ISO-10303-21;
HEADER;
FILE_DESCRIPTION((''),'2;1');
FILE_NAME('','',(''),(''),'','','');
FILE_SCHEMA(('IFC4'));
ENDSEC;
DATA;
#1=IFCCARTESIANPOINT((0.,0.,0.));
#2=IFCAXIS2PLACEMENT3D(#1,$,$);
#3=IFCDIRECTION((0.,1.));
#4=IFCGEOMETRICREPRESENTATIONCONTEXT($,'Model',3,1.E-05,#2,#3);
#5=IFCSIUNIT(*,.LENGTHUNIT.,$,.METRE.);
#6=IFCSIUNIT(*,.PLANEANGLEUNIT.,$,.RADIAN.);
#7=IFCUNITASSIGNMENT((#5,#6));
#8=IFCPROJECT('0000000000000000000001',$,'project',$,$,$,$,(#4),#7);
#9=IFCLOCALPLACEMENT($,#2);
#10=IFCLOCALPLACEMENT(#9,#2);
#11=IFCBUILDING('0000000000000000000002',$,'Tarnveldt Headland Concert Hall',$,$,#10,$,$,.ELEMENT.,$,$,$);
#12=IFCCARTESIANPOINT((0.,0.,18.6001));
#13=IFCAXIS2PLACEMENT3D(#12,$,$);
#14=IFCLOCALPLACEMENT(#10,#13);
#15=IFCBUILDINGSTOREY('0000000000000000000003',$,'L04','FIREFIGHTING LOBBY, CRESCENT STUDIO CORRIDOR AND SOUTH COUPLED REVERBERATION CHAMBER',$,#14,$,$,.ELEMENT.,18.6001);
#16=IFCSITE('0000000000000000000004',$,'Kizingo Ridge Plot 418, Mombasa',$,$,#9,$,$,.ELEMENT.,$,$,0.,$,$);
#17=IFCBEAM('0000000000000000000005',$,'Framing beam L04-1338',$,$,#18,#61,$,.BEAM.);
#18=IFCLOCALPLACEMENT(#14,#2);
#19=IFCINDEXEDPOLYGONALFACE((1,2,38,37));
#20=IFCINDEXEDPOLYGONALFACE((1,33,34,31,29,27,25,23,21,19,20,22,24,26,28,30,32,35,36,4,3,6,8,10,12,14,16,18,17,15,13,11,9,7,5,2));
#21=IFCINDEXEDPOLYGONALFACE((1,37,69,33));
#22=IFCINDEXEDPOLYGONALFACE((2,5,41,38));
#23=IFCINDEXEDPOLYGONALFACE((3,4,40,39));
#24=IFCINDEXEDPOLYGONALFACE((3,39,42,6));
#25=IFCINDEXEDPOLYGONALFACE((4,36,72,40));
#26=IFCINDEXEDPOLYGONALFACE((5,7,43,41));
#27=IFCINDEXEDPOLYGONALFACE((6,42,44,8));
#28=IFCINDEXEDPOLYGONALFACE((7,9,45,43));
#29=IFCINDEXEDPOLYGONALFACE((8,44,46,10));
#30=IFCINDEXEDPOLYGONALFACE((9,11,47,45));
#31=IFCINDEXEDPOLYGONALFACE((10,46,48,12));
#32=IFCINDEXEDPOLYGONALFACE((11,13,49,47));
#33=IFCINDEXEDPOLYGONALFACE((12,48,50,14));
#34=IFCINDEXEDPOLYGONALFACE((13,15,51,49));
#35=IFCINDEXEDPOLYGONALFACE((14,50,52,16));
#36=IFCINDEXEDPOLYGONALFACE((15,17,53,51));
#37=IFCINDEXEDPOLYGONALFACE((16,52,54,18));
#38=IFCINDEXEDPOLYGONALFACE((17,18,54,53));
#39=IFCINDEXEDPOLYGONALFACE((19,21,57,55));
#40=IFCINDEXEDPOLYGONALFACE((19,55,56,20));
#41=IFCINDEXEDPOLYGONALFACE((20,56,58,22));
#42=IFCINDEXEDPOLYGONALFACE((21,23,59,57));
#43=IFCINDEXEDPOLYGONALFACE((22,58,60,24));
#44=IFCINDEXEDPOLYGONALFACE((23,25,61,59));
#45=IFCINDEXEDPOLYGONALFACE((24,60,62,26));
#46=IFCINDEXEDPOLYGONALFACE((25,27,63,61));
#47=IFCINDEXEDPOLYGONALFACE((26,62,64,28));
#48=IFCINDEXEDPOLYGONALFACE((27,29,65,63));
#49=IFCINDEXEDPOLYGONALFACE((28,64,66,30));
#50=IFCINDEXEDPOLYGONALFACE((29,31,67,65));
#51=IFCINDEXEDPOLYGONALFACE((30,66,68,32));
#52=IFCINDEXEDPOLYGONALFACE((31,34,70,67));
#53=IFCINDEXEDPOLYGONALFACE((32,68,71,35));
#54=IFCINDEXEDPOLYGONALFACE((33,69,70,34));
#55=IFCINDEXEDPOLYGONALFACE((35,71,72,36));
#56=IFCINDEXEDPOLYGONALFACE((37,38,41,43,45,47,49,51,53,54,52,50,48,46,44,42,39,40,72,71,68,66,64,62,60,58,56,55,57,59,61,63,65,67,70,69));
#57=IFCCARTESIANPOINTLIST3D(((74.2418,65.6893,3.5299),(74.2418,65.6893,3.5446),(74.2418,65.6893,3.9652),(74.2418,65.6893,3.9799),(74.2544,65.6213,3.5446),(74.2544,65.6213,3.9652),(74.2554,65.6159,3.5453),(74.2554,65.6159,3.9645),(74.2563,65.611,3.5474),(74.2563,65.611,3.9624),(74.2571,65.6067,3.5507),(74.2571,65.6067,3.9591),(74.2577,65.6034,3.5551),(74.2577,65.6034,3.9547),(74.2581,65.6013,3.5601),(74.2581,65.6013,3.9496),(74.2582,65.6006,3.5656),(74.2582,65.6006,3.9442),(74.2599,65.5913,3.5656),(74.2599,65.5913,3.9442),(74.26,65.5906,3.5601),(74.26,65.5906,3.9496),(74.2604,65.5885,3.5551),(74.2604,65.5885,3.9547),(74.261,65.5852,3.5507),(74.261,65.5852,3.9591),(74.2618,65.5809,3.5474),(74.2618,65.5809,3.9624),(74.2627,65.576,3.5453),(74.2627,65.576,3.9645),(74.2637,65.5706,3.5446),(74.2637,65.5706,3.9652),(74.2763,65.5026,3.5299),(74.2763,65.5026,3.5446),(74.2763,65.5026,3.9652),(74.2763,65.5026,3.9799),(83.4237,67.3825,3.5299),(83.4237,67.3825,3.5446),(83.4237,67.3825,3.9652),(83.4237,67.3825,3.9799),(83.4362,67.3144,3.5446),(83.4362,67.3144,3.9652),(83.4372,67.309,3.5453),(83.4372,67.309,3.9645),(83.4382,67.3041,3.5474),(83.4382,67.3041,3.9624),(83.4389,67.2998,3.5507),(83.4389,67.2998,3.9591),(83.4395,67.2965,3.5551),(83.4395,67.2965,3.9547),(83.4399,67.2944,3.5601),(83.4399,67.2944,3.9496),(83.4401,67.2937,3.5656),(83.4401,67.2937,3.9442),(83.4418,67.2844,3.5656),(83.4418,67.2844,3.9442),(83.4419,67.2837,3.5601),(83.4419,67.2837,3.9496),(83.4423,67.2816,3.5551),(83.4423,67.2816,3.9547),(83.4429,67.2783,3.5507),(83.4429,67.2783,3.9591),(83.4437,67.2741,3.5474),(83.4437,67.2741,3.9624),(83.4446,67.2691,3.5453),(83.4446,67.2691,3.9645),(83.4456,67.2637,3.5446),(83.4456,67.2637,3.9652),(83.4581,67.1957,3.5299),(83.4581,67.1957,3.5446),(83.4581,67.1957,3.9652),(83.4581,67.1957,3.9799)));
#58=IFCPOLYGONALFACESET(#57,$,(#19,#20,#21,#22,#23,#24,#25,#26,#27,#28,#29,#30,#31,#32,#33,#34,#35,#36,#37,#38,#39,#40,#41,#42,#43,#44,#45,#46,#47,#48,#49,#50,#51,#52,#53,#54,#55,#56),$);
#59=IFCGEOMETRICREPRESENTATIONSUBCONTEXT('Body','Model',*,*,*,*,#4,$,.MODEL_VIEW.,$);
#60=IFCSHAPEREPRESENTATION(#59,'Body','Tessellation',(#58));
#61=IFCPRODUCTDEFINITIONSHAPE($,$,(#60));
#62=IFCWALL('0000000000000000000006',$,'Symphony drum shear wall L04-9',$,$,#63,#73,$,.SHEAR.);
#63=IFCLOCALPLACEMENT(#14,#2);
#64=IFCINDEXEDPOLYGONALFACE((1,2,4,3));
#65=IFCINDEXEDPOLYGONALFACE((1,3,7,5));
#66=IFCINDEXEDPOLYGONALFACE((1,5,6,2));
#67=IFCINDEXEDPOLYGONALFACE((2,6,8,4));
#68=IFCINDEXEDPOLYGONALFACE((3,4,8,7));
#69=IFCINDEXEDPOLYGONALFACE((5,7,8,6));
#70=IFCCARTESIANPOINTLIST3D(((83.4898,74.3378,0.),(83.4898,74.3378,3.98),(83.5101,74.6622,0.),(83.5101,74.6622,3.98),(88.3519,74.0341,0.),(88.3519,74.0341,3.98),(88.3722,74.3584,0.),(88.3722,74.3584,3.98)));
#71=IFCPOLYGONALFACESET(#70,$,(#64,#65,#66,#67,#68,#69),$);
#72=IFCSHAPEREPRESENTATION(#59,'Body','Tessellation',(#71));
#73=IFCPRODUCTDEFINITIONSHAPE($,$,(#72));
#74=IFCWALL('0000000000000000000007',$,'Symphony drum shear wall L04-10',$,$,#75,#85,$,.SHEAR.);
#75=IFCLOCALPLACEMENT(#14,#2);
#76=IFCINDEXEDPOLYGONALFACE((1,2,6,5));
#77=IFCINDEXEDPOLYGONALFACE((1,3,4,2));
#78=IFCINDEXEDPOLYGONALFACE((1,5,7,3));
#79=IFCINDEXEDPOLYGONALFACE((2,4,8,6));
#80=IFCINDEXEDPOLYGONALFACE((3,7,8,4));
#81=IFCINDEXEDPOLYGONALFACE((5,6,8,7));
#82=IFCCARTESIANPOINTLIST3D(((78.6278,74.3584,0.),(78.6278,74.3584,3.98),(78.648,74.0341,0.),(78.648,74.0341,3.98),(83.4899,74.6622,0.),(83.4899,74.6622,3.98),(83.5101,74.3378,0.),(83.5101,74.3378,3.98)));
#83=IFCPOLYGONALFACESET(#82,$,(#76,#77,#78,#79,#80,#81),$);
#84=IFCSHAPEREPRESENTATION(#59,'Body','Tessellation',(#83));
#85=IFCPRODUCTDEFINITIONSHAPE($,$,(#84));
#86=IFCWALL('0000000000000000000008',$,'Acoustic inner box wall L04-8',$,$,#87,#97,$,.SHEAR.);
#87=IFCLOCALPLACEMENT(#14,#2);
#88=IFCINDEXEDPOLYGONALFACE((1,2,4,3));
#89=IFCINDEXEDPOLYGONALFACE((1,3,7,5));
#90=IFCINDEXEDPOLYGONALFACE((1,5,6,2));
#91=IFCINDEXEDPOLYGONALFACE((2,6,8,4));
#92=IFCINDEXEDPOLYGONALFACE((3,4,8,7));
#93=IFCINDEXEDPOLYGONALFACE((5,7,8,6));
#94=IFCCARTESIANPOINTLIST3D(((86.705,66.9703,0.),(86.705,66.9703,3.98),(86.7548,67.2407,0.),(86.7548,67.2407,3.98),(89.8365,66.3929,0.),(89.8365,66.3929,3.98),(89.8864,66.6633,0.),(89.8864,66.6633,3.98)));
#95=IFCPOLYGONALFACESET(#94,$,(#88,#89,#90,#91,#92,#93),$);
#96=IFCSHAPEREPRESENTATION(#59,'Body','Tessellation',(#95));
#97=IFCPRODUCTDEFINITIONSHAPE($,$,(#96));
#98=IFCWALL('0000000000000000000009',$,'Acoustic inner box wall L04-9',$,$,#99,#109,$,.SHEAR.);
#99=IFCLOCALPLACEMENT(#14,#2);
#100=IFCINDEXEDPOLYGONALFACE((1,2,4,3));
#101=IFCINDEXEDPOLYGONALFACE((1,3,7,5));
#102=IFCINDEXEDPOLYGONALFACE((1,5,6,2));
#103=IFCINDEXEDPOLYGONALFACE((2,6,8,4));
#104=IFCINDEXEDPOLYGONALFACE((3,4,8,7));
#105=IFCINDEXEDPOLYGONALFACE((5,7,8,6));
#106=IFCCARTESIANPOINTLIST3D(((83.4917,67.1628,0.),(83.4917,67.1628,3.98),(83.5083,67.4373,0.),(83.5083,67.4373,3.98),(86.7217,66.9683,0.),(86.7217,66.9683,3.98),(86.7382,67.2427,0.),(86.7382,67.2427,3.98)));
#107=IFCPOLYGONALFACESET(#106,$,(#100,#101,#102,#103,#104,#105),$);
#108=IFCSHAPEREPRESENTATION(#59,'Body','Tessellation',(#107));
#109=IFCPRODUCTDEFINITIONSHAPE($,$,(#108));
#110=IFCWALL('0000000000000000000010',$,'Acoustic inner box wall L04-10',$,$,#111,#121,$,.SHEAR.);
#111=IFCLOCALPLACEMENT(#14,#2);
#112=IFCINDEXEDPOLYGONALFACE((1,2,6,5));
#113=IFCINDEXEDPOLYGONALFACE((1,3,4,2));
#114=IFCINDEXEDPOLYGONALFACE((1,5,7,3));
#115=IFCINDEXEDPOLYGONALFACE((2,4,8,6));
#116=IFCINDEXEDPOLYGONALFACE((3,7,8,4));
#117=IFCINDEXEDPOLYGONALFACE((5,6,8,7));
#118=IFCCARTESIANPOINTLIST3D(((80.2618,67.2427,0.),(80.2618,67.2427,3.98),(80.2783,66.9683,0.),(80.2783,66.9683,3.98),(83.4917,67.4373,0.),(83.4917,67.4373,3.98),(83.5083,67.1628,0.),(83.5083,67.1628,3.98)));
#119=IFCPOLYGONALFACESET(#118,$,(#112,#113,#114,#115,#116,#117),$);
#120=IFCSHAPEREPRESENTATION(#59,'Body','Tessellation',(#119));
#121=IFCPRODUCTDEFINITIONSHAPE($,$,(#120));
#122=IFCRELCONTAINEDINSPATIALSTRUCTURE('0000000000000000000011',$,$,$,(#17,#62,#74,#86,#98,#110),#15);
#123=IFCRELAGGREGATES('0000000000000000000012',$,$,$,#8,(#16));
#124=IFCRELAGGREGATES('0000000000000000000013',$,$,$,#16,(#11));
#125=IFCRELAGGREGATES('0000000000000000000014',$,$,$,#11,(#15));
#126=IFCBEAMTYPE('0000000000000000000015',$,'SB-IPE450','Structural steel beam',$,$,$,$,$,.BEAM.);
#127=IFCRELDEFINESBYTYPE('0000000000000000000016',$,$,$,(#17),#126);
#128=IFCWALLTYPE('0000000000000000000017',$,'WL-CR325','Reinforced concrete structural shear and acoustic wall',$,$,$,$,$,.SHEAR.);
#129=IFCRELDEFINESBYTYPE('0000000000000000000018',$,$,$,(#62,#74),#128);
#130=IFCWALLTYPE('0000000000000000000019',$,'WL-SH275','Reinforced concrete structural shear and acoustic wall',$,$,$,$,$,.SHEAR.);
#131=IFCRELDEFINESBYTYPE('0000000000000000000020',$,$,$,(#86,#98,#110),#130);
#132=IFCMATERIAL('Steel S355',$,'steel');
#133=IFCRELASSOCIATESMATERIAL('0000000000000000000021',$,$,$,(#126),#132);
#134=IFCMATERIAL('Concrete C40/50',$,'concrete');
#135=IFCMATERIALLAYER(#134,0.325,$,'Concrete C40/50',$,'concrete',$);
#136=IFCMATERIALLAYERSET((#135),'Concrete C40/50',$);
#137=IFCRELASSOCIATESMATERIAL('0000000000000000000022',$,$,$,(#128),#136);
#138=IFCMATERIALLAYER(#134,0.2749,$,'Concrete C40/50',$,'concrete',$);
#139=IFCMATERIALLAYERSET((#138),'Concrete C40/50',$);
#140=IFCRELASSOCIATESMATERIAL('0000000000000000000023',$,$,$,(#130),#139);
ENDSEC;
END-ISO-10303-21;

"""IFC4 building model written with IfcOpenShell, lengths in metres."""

from ifc_helpers import new_model, si_unit, direction, frame, frame_2d, origin, origin_2d, place, context, subcontext, project, spatial, rectangle, i_section, extrude, material, layer, layer_set, material_profile, profile_set, type_object, element, save


model = new_model("IFC4")

# Units and contexts
model_context = context("Model", 3, precision=1e-05, world=origin(), true_north=direction((0.0, 1.0)))
body_context = subcontext(model_context, "Body", "Model", "MODEL_VIEW")
ifc_project = project(units=[si_unit("LENGTHUNIT", "METRE"), si_unit("PLANEANGLEUNIT", "RADIAN")], contexts=[model_context])

# Site, building, storey
site_placement = place(None, origin())
site = spatial("IfcSite", under=ifc_project, at=site_placement, Name="Kizingo Ridge Plot 418, Mombasa", CompositionType="ELEMENT", RefElevation=0.0)
building_placement = place(site_placement, origin())
building = spatial("IfcBuilding", under=site, at=building_placement, Name="Tarnveldt Headland Concert Hall", CompositionType="ELEMENT")
storey_placement = place(building_placement, frame((0.0, 0.0, 18.6001)))
storey = spatial("IfcBuildingStorey", under=building, at=storey_placement, Name="L04", Description="FIREFIGHTING LOBBY, CRESCENT STUDIO CORRIDOR AND SOUTH COUPLED REVERBERATION CHAMBER", CompositionType="ELEMENT", Elevation=18.6001)

# Shared definitions
ifc_material_1 = material(Name="Concrete C40/50", Category="concrete")

# Beam
ifc_material_2 = material(Name="Steel S355", Category="steel")
ifc_material_profile_1 = material_profile(ifc_material_2, i_section(OverallWidth=0.1899, OverallDepth=0.45, WebThickness=0.0095, FlangeThickness=0.0146, FilletRadius=0.021, at=origin_2d()), Name="IPE450", Category="steel")
ifc_profile_set_1 = profile_set([ifc_material_profile_1], Name="Steel S355")
beam_type_1 = type_object("IfcBeamType", Name="SB-IPE450", Description="Structural steel beam", PredefinedType="BEAM", material=ifc_profile_set_1)
for number, where, z_axis, x_axis, name in (
    (1, (83.4409, 67.2891, 3.7549), (-0.98342, -0.18134, 0.0), (0.18134, -0.98342, 0.0), "Framing beam L04-1338"),
):
    element("IfcBeam", number, at=place(storey_placement, frame(where, z_axis=z_axis, x_axis=x_axis)), inside=storey, type_object=beam_type_1, Name=name, PredefinedType="BEAM", context=body_context, shape_type="SweptSolid", body=[
        extrude(i_section(OverallWidth=0.1899, OverallDepth=0.45, WebThickness=0.0095, FlangeThickness=0.0146, FilletRadius=0.021, at=origin_2d()), origin(), (0.0, 0.0, 1.0), 9.3367),
    ])

# Walls
ifc_layer_1 = layer(ifc_material_1, 0.325, Name="Concrete C40/50", Category="concrete")
ifc_layer_set_1 = layer_set([ifc_layer_1], Name="Concrete C40/50")
wall_type_1 = type_object("IfcWallType", Name="WL-CR325", Description="Reinforced concrete structural shear and acoustic wall", PredefinedType="SHEAR", material=ifc_layer_set_1)
for number, where, z_axis, x_axis, name in (
    (2, (88.3621, 74.1963, 0.0), (0.0, 0.0, 1.0), (-0.998055, 0.062344, 0.0), "Symphony drum shear wall L04-9"),
    (3, (83.5, 74.5, 0.0), (0.0, 0.0, 1.0), (-0.998055, -0.062344, 0.0), "Symphony drum shear wall L04-10"),
):
    element("IfcWall", number, at=place(storey_placement, frame(where, z_axis=z_axis, x_axis=x_axis)), inside=storey, type_object=wall_type_1, Name=name, PredefinedType="SHEAR", context=body_context, shape_type="SweptSolid", body=[
        extrude(rectangle(XDim=4.8716, YDim=0.325, at=frame_2d((2.4358, 0.0))), origin(), (0.0, 0.0, 1.0), 3.98),
    ])
ifc_layer_2 = layer(ifc_material_1, 0.2749, Name="Concrete C40/50", Category="concrete")
ifc_layer_set_2 = layer_set([ifc_layer_2], Name="Concrete C40/50")
wall_type_2 = type_object("IfcWallType", Name="WL-SH275", Description="Reinforced concrete structural shear and acoustic wall", PredefinedType="SHEAR", material=ifc_layer_set_2)
wall_placement = place(storey_placement, frame((89.8616, 66.5281, 0.0), z_axis=(0.0, 0.0, 1.0), x_axis=(-0.983424, 0.18132, 0.0)))
element("IfcWall", 4, at=wall_placement, inside=storey, type_object=wall_type_2, Name="Acoustic inner box wall L04-8", PredefinedType="SHEAR", context=body_context, shape_type="SweptSolid", body=[
    extrude(rectangle(XDim=3.1843, YDim=0.2749, at=frame_2d((1.5923, 0.0))), origin(), (0.0, 0.0, 1.0), 3.98),
])
for number, where, z_axis, x_axis, name in (
    (5, (86.73, 67.1055, 0.0), (0.0, 0.0, 1.0), (-0.99819, 0.060133, 0.0), "Acoustic inner box wall L04-9"),
    (6, (83.5, 67.3, 0.0), (0.0, 0.0, 1.0), (-0.99819, -0.060133, 0.0), "Acoustic inner box wall L04-10"),
):
    element("IfcWall", number, at=place(storey_placement, frame(where, z_axis=z_axis, x_axis=x_axis)), inside=storey, type_object=wall_type_2, Name=name, PredefinedType="SHEAR", context=body_context, shape_type="SweptSolid", body=[
        extrude(rectangle(XDim=3.2358, YDim=0.2749, at=frame_2d((1.6179, 0.0))), origin(), (0.0, 0.0, 1.0), 3.98),
    ])

save(model, "model.ifc")
